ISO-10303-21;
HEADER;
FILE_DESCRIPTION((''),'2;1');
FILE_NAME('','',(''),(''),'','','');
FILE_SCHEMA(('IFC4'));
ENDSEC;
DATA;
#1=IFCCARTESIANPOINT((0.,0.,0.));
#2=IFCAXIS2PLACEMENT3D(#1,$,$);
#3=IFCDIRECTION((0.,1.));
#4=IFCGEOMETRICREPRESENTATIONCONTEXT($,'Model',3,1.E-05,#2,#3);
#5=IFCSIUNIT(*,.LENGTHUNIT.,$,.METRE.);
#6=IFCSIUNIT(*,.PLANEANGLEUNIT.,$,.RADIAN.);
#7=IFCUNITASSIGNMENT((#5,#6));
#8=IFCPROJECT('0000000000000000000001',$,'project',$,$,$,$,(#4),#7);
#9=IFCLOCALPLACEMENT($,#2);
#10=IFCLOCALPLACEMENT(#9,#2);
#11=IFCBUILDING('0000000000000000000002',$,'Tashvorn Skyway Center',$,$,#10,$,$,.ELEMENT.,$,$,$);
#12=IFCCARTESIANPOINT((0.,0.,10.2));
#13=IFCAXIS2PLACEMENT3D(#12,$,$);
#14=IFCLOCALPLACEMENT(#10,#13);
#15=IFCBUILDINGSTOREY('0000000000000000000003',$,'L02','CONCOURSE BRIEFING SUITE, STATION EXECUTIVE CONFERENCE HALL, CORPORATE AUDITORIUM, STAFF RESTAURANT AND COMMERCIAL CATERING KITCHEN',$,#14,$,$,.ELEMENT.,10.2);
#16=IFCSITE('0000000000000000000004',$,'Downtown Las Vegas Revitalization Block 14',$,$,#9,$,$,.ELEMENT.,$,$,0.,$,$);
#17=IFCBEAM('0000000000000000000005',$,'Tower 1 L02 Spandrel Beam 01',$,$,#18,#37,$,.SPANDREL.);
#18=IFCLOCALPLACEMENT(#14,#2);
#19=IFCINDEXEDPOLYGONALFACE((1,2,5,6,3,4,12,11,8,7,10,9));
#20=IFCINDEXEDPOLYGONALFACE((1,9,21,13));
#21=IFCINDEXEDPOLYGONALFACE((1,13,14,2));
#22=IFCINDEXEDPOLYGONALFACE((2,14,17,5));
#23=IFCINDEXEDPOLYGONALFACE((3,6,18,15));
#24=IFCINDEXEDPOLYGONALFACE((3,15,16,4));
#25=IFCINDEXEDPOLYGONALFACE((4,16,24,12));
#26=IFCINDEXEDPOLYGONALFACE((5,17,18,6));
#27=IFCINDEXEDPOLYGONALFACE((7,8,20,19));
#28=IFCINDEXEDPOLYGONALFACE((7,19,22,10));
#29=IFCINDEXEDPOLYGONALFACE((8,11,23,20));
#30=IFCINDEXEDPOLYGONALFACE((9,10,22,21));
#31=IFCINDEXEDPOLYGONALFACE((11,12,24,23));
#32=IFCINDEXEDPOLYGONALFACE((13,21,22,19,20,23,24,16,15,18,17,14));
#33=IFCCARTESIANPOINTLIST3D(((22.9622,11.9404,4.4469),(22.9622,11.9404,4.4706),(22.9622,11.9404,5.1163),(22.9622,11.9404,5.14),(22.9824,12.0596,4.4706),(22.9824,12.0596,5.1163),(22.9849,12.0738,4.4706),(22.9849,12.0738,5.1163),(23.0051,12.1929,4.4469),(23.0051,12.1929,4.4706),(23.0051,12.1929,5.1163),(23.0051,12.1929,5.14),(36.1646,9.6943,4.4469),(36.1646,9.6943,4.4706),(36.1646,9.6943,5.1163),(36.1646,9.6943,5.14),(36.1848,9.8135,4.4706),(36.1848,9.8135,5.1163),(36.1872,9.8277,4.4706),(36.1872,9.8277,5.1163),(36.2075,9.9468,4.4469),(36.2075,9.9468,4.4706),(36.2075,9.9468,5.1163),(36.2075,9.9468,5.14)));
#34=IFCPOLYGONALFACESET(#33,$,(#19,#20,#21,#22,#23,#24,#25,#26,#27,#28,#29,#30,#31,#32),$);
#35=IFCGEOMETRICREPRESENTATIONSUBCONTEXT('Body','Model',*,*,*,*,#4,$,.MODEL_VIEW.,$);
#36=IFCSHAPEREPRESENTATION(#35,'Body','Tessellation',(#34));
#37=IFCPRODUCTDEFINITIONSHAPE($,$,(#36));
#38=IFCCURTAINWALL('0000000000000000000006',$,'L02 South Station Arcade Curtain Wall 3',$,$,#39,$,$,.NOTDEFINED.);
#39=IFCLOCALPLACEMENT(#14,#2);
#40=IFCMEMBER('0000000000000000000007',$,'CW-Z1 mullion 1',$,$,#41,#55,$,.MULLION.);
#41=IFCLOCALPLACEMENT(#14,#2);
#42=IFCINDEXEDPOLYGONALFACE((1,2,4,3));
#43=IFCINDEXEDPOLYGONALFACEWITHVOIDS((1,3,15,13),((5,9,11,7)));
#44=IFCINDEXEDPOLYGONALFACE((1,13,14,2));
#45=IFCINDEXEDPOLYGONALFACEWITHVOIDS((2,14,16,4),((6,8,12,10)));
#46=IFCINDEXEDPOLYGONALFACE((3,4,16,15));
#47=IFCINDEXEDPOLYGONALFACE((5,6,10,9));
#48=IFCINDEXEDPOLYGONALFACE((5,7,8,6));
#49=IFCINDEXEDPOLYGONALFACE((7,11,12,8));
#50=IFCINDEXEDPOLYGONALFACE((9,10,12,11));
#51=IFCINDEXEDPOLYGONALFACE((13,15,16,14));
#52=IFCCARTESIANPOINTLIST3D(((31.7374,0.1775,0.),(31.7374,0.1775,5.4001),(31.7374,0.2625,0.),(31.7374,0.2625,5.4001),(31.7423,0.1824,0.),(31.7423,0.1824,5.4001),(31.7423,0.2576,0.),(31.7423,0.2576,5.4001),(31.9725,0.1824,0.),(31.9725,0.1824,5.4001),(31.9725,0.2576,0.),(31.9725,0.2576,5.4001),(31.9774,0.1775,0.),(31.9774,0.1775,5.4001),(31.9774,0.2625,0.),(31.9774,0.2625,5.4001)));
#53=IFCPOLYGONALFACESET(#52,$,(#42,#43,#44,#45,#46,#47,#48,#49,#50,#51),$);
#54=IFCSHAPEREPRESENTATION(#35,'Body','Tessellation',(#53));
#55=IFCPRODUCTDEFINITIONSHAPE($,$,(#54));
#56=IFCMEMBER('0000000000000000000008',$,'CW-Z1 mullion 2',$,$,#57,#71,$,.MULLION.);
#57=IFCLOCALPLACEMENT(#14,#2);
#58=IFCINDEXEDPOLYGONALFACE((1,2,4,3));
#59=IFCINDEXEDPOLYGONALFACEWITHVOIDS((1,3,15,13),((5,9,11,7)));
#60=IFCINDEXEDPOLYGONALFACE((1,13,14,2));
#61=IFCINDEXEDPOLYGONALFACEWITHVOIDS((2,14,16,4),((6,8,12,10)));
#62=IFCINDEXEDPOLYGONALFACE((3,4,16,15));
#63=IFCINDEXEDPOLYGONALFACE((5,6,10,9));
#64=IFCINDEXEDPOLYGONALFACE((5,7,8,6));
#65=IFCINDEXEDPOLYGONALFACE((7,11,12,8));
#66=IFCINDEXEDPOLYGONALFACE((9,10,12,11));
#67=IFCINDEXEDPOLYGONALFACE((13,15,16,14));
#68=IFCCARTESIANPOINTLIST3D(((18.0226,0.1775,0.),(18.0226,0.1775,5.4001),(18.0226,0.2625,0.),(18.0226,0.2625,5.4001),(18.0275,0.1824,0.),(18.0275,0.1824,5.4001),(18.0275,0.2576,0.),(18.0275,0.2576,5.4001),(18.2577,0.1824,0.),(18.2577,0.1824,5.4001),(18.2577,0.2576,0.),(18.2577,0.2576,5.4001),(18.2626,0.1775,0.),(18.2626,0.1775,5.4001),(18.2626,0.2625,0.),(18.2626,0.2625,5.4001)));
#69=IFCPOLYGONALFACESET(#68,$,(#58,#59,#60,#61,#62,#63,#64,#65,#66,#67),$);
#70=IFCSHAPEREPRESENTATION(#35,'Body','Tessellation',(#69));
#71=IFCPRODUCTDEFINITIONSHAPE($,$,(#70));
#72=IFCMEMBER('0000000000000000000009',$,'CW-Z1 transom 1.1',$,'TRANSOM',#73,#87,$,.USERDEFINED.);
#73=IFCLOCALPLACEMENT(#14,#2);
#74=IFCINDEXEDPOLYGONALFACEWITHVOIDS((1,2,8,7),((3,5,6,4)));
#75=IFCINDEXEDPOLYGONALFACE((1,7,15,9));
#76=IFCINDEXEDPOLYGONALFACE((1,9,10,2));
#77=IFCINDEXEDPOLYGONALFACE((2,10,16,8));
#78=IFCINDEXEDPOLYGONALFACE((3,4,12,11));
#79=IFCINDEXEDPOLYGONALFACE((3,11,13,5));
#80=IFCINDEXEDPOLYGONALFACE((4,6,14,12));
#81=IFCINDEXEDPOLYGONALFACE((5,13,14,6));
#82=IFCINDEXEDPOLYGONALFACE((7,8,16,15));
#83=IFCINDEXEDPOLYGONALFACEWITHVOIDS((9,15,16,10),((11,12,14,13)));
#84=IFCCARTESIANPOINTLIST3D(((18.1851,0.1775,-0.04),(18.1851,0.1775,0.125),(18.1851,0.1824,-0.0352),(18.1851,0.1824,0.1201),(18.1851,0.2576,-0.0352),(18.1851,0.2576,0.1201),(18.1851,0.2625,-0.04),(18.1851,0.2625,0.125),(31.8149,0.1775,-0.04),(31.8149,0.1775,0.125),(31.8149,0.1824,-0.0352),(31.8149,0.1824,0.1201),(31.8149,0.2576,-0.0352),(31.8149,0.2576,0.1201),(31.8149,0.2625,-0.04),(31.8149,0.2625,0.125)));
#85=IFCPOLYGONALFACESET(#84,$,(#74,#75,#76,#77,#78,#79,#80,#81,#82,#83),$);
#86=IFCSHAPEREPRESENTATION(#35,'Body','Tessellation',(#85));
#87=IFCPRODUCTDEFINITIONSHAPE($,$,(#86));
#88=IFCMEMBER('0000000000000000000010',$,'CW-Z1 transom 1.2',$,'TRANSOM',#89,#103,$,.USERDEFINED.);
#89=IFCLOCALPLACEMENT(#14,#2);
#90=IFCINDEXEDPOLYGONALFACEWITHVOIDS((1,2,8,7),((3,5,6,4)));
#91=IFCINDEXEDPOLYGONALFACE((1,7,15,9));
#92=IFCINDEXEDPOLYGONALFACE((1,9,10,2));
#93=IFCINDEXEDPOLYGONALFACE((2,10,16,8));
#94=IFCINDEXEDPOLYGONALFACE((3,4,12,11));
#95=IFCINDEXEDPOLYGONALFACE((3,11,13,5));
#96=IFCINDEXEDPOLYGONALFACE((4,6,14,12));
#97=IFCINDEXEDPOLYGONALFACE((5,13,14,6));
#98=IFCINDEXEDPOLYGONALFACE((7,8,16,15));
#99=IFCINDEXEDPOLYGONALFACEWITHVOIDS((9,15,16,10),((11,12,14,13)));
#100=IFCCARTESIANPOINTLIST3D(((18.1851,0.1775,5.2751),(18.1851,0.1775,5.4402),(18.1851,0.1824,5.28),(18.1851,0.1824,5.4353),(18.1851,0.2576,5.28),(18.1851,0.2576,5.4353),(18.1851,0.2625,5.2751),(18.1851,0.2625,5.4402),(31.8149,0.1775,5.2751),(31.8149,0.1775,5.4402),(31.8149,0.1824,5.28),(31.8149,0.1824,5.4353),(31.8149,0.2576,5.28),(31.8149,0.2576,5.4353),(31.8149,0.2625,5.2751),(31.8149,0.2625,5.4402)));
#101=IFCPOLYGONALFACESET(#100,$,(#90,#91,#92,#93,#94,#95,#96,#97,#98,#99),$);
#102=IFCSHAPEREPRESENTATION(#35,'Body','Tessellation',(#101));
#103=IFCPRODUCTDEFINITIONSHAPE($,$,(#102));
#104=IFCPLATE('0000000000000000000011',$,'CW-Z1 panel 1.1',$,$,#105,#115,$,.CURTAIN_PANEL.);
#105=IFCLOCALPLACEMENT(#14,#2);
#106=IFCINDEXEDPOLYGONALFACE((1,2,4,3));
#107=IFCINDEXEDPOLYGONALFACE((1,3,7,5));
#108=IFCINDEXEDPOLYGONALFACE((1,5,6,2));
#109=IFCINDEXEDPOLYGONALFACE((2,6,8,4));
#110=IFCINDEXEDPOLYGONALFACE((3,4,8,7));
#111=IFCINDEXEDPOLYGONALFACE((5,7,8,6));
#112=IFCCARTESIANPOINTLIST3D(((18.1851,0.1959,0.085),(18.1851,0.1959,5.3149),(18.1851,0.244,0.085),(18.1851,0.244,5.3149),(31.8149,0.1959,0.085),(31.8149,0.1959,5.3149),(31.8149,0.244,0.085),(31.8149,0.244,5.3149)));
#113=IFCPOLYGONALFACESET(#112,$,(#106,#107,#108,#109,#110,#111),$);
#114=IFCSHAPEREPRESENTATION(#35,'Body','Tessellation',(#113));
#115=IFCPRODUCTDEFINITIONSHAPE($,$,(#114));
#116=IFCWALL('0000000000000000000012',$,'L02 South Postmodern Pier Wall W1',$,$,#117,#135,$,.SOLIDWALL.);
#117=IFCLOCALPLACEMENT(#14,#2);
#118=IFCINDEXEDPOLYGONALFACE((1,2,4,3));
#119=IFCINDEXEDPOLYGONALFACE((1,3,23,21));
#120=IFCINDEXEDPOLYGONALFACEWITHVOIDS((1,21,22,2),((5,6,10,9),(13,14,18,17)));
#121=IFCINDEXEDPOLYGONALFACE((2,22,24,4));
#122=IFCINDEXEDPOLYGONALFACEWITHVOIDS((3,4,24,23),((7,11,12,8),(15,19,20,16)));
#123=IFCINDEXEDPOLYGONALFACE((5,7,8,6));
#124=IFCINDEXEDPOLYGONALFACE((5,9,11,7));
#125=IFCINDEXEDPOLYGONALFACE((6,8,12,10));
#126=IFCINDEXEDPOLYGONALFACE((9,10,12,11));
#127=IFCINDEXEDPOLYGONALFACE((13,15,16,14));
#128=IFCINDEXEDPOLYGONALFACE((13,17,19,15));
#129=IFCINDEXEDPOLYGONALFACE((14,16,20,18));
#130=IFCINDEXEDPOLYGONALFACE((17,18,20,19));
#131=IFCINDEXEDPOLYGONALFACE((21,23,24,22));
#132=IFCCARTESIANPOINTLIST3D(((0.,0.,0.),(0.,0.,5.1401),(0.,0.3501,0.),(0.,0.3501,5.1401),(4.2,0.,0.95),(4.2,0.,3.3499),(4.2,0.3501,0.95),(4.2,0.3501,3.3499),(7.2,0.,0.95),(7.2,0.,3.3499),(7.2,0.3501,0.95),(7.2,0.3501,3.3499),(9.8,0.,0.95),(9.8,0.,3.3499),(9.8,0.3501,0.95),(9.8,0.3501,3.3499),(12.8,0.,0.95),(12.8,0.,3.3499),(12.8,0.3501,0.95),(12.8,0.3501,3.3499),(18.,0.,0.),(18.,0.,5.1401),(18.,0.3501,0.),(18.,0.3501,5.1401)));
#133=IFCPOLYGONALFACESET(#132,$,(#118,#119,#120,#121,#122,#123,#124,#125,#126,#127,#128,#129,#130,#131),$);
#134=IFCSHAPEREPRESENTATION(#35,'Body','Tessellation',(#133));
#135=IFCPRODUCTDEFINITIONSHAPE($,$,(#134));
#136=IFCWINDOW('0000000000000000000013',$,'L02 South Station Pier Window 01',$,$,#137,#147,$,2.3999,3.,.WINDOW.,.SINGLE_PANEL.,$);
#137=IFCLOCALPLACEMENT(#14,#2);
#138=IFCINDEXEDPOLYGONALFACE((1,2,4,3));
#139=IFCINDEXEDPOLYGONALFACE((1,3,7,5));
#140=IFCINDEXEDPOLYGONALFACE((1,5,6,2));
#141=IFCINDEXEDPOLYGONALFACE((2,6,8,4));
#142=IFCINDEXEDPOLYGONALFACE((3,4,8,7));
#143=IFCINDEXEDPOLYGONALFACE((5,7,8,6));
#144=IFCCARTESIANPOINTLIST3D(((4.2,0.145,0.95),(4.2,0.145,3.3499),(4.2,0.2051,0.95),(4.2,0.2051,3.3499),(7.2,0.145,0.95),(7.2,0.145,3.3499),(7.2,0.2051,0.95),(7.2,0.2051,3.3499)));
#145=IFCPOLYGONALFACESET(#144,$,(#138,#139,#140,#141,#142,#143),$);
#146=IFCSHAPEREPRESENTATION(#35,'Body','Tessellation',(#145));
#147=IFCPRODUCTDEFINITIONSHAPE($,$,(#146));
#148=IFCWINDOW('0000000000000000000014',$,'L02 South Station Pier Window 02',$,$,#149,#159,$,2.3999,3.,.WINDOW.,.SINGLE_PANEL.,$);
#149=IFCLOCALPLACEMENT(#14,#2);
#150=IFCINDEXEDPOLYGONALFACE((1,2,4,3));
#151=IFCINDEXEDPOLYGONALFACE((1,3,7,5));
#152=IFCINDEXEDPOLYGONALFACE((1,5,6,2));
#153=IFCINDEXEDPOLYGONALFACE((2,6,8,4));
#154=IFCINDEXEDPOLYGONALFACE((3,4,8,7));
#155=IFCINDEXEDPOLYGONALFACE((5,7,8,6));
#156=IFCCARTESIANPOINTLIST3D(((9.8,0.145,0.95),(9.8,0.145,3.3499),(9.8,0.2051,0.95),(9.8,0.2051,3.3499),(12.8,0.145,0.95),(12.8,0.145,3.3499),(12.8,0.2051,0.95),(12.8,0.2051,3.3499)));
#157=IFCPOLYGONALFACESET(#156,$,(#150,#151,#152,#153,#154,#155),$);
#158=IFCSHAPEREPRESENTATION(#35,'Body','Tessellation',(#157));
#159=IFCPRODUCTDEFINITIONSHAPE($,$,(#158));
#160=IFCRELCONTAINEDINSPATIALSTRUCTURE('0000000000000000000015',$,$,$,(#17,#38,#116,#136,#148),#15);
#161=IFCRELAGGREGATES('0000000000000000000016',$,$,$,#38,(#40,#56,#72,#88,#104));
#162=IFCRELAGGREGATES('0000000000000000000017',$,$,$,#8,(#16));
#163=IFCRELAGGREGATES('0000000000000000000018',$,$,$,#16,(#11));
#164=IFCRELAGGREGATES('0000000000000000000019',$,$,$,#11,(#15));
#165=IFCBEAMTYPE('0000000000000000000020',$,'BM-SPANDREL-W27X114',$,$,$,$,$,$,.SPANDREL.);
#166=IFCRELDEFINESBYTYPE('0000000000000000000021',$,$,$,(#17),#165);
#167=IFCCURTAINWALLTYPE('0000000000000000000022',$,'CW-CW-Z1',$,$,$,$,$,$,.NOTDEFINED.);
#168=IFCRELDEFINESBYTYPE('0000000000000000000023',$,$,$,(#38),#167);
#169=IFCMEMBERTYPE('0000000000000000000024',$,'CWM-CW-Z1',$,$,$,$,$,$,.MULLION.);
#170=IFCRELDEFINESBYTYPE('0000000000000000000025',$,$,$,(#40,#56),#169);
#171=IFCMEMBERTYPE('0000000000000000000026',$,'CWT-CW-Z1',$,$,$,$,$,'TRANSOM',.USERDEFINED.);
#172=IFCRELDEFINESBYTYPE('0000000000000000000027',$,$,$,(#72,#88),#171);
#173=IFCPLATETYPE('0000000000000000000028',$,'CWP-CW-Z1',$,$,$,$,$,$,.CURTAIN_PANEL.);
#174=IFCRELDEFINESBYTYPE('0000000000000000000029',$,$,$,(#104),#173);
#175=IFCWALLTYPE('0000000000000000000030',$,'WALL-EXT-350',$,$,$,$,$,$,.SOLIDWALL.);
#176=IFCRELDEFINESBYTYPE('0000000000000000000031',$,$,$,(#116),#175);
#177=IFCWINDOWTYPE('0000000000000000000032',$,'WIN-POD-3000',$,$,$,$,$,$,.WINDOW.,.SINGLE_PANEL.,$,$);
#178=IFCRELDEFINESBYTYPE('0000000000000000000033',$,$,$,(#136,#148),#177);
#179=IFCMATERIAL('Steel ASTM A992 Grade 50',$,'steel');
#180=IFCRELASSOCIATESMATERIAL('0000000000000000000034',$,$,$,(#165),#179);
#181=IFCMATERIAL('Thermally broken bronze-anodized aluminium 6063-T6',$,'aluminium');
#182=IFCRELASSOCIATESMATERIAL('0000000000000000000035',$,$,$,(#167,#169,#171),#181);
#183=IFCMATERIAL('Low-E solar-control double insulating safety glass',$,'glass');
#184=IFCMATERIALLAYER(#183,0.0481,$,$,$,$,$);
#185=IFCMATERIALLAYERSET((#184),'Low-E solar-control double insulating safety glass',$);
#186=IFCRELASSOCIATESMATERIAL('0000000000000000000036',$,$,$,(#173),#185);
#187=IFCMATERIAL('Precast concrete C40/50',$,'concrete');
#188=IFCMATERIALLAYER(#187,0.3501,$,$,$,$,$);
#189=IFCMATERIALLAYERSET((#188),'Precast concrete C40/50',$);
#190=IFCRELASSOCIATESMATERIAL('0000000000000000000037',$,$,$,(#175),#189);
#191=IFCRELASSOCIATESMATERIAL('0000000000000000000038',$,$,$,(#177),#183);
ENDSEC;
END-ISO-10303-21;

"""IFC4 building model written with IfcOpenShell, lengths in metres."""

from ifc_helpers import new_model, si_unit, direction, frame, frame_2d, origin, origin_2d, place, context, subcontext, project, spatial, rectangle, hollow_rectangle, i_section, extrude, material, layer, layer_set, material_profile, profile_set, type_object, element, fill, aggregate, save


model = new_model("IFC4")

# Units and contexts
model_context = context("Model", 3, precision=1e-05, world=origin(), true_north=direction((0.0, 1.0)))
body_context = subcontext(model_context, "Body", "Model", "MODEL_VIEW")
ifc_project = project(units=[si_unit("LENGTHUNIT", "METRE"), si_unit("PLANEANGLEUNIT", "RADIAN")], contexts=[model_context])

# Site, building, storey
site_placement = place(None, origin())
site = spatial("IfcSite", under=ifc_project, at=site_placement, Name="Downtown Las Vegas Revitalization Block 14", CompositionType="ELEMENT", RefElevation=0.0)
building_placement = place(site_placement, origin())
building = spatial("IfcBuilding", under=site, at=building_placement, Name="Tashvorn Skyway Center", CompositionType="ELEMENT")
storey_placement = place(building_placement, frame((0.0, 0.0, 10.2)))
storey = spatial("IfcBuildingStorey", under=building, at=storey_placement, Name="L02", Description="CONCOURSE BRIEFING SUITE, STATION EXECUTIVE CONFERENCE HALL, CORPORATE AUDITORIUM, STAFF RESTAURANT AND COMMERCIAL CATERING KITCHEN", CompositionType="ELEMENT", Elevation=10.2)

# Shared definitions
ifc_material_1 = material(Name="Precast concrete C40/50", Category="concrete")

# Beam
ifc_material_2 = material(Name="Steel ASTM A992 Grade 50", Category="steel")
ifc_material_profile_1 = material_profile(ifc_material_2, i_section(OverallWidth=0.2561, OverallDepth=0.6931, WebThickness=0.0144, FlangeThickness=0.0237, at=origin_2d()), Name="W27X114")
ifc_profile_set_1 = profile_set([ifc_material_profile_1], Name="Steel ASTM A992 Grade 50")
beam_type_1 = type_object("IfcBeamType", Name="BM-SPANDREL-W27X114", PredefinedType="SPANDREL", material=ifc_profile_set_1)
beam_1_placement = place(storey_placement, frame((22.9836, 12.0667, 4.7935), z_axis=(0.985835, -0.167718, 0.0), x_axis=(0.167718, 0.985835, 0.0)))
element("IfcBeam", 1, at=beam_1_placement, inside=storey, type_object=beam_type_1, Name="Tower 1 L02 Spandrel Beam 01", PredefinedType="SPANDREL", context=body_context, shape_type="SweptSolid", body=[
    extrude(i_section(OverallWidth=0.2561, OverallDepth=0.6931, WebThickness=0.0144, FlangeThickness=0.0237, at=origin_2d()), origin(), (0.0, 0.0, 1.0), 13.3921),
])

# Curtain wall, members, plate
ifc_material_3 = material(Name="Thermally broken bronze-anodized aluminium 6063-T6", Category="aluminium")
curtain_wall_type = type_object("IfcCurtainWallType", Name="CW-CW-Z1", PredefinedType="NOTDEFINED", material=ifc_material_3)
curtain_wall_placement = place(storey_placement, origin())
curtain_wall = element("IfcCurtainWall", 2, at=curtain_wall_placement, inside=storey, type_object=curtain_wall_type, Name="L02 South Station Arcade Curtain Wall 3", PredefinedType="NOTDEFINED")
ifc_material_profile_2 = material_profile(ifc_material_3, hollow_rectangle(XDim=0.085, YDim=0.24, WallThickness=0.0049, at=origin_2d()), Name="ALU-MULL-85x240")
ifc_profile_set_2 = profile_set([ifc_material_profile_2], Name="Thermally broken bronze-anodized aluminium 6063-T6")
member_type_1 = type_object("IfcMemberType", Name="CWM-CW-Z1", PredefinedType="MULLION", material=ifc_profile_set_2)
member_1_placement = place(storey_placement, frame((31.8574, 0.22, 0.0), z_axis=(0.0, 0.0, 1.0), x_axis=(0.0, -1.0, 0.0)))
member_1 = element("IfcMember", 3, at=member_1_placement, type_object=member_type_1, Name="CW-Z1 mullion 1", PredefinedType="MULLION", context=body_context, shape_type="SweptSolid", body=[
    extrude(hollow_rectangle(XDim=0.085, YDim=0.24, WallThickness=0.0049, at=origin_2d()), origin(), (0.0, 0.0, 1.0), 5.4001),
])
member_2_placement = place(storey_placement, frame((18.1426, 0.22, 0.0), z_axis=(0.0, 0.0, 1.0), x_axis=(0.0, -1.0, 0.0)))
member_2 = element("IfcMember", 4, at=member_2_placement, type_object=member_type_1, Name="CW-Z1 mullion 2", PredefinedType="MULLION", context=body_context, shape_type="SweptSolid", body=[
    extrude(hollow_rectangle(XDim=0.085, YDim=0.24, WallThickness=0.0049, at=origin_2d()), origin(), (0.0, 0.0, 1.0), 5.4001),
])
ifc_material_profile_3 = material_profile(ifc_material_3, hollow_rectangle(XDim=0.085, YDim=0.165, WallThickness=0.0049, at=origin_2d()), Name="ALU-TRAN-85x165")
ifc_profile_set_3 = profile_set([ifc_material_profile_3], Name="Thermally broken bronze-anodized aluminium 6063-T6")
member_type_2 = type_object("IfcMemberType", Name="CWT-CW-Z1", ElementType="TRANSOM", PredefinedType="USERDEFINED", material=ifc_profile_set_3)
member_3_placement = place(storey_placement, frame((31.8149, 0.22, 0.0425), z_axis=(-1.0, 0.0, 0.0), x_axis=(0.0, -1.0, 0.0)))
member_3 = element("IfcMember", 5, at=member_3_placement, type_object=member_type_2, Name="CW-Z1 transom 1.1", ObjectType="TRANSOM", PredefinedType="USERDEFINED", context=body_context, shape_type="SweptSolid", body=[
    extrude(hollow_rectangle(XDim=0.085, YDim=0.165, WallThickness=0.0049, at=origin_2d()), origin(), (0.0, 0.0, 1.0), 13.6299),
])
member_4_placement = place(storey_placement, frame((31.8149, 0.22, 5.3577), z_axis=(-1.0, 0.0, 0.0), x_axis=(0.0, -1.0, 0.0)))
member_4 = element("IfcMember", 6, at=member_4_placement, type_object=member_type_2, Name="CW-Z1 transom 1.2", ObjectType="TRANSOM", PredefinedType="USERDEFINED", context=body_context, shape_type="SweptSolid", body=[
    extrude(hollow_rectangle(XDim=0.085, YDim=0.165, WallThickness=0.0049, at=origin_2d()), origin(), (0.0, 0.0, 1.0), 13.6299),
])
ifc_material_4 = material(Name="Low-E solar-control double insulating safety glass", Category="glass")
ifc_layer_1 = layer(ifc_material_4, 0.0481)
ifc_layer_set_1 = layer_set([ifc_layer_1], Name="Low-E solar-control double insulating safety glass")
plate_type = type_object("IfcPlateType", Name="CWP-CW-Z1", PredefinedType="CURTAIN_PANEL", material=ifc_layer_set_1)
plate_placement = place(storey_placement, frame((25.0, 0.22, 0.085), z_axis=(0.0, 0.0, 1.0), x_axis=(-1.0, 0.0, 0.0)))
plate = element("IfcPlate", 7, at=plate_placement, type_object=plate_type, Name="CW-Z1 panel 1.1", PredefinedType="CURTAIN_PANEL", context=body_context, shape_type="SweptSolid", body=[
    extrude(rectangle(XDim=13.6299, YDim=0.0481, at=origin_2d()), origin(), (0.0, 0.0, 1.0), 5.23),
])
aggregate(curtain_wall, [member_1, member_2, member_3, member_4, plate])

# Wall, openings, windows
ifc_layer_2 = layer(ifc_material_1, 0.3501)
ifc_layer_set_2 = layer_set([ifc_layer_2], Name="Precast concrete C40/50")
wall_type_1 = type_object("IfcWallType", Name="WALL-EXT-350", PredefinedType="SOLIDWALL", material=ifc_layer_set_2)
wall_1_placement = place(storey_placement, frame((18.0, 0.175, 0.0), z_axis=(0.0, 0.0, 1.0), x_axis=(-1.0, 0.0, 0.0)))
wall_1 = element("IfcWall", 8, at=wall_1_placement, inside=storey, type_object=wall_type_1, Name="L02 South Postmodern Pier Wall W1", PredefinedType="SOLIDWALL", context=body_context, shape_type="SweptSolid", body=[
    extrude(rectangle(XDim=18.0, YDim=0.3501, at=frame_2d((9.0, 0.0))), origin(), (0.0, 0.0, 1.0), 5.1401),
])
opening_1_placement = place(wall_1_placement, frame((10.8, 0.0, 0.95)))
opening_1 = element("IfcOpeningElement", 9, at=opening_1_placement, cuts=wall_1, PredefinedType="OPENING", context=body_context, shape_type="SweptSolid", body=[
    extrude(rectangle(XDim=3.0, YDim=2.3999, at=frame_2d((1.5, 1.2))), frame((0.0, 0.1851, 0.0), z_axis=(0.0, -1.0, 0.0), x_axis=(1.0, 0.0, 0.0)), (0.0, 0.0, 1.0), 0.3701),
])
opening_2_placement = place(wall_1_placement, frame((5.2, 0.0, 0.95)))
opening_2 = element("IfcOpeningElement", 10, at=opening_2_placement, cuts=wall_1, PredefinedType="OPENING", context=body_context, shape_type="SweptSolid", body=[
    extrude(rectangle(XDim=3.0, YDim=2.3999, at=frame_2d((1.5, 1.2))), frame((0.0, 0.1851, 0.0), z_axis=(0.0, -1.0, 0.0), x_axis=(1.0, 0.0, 0.0)), (0.0, 0.0, 1.0), 0.3701),
])
window_type = type_object("IfcWindowType", Name="WIN-POD-3000", PartitioningType="SINGLE_PANEL", PredefinedType="WINDOW", material=ifc_material_4)
window_1_placement = place(opening_1_placement, origin())
window_1 = element("IfcWindow", 11, at=window_1_placement, inside=storey, type_object=window_type, Name="L02 South Station Pier Window 01", OverallHeight=2.3999, OverallWidth=3.0, PartitioningType="SINGLE_PANEL", PredefinedType="WINDOW", context=body_context, shape_type="SweptSolid", body=[
    extrude(rectangle(XDim=3.0, YDim=2.3999, at=frame_2d((1.5, 1.2))), frame((0.0, 0.03, 0.0), z_axis=(0.0, -1.0, 0.0), x_axis=(1.0, 0.0, 0.0)), (0.0, 0.0, 1.0), 0.0601),
])
fill(opening_1, window_1)
window_2_placement = place(opening_2_placement, origin())
window_2 = element("IfcWindow", 12, at=window_2_placement, inside=storey, type_object=window_type, Name="L02 South Station Pier Window 02", OverallHeight=2.3999, OverallWidth=3.0, PartitioningType="SINGLE_PANEL", PredefinedType="WINDOW", context=body_context, shape_type="SweptSolid", body=[
    extrude(rectangle(XDim=3.0, YDim=2.3999, at=frame_2d((1.5, 1.2))), frame((0.0, 0.03, 0.0), z_axis=(0.0, -1.0, 0.0), x_axis=(1.0, 0.0, 0.0)), (0.0, 0.0, 1.0), 0.0601),
])
fill(opening_2, window_2)

save(model, "model.ifc")
